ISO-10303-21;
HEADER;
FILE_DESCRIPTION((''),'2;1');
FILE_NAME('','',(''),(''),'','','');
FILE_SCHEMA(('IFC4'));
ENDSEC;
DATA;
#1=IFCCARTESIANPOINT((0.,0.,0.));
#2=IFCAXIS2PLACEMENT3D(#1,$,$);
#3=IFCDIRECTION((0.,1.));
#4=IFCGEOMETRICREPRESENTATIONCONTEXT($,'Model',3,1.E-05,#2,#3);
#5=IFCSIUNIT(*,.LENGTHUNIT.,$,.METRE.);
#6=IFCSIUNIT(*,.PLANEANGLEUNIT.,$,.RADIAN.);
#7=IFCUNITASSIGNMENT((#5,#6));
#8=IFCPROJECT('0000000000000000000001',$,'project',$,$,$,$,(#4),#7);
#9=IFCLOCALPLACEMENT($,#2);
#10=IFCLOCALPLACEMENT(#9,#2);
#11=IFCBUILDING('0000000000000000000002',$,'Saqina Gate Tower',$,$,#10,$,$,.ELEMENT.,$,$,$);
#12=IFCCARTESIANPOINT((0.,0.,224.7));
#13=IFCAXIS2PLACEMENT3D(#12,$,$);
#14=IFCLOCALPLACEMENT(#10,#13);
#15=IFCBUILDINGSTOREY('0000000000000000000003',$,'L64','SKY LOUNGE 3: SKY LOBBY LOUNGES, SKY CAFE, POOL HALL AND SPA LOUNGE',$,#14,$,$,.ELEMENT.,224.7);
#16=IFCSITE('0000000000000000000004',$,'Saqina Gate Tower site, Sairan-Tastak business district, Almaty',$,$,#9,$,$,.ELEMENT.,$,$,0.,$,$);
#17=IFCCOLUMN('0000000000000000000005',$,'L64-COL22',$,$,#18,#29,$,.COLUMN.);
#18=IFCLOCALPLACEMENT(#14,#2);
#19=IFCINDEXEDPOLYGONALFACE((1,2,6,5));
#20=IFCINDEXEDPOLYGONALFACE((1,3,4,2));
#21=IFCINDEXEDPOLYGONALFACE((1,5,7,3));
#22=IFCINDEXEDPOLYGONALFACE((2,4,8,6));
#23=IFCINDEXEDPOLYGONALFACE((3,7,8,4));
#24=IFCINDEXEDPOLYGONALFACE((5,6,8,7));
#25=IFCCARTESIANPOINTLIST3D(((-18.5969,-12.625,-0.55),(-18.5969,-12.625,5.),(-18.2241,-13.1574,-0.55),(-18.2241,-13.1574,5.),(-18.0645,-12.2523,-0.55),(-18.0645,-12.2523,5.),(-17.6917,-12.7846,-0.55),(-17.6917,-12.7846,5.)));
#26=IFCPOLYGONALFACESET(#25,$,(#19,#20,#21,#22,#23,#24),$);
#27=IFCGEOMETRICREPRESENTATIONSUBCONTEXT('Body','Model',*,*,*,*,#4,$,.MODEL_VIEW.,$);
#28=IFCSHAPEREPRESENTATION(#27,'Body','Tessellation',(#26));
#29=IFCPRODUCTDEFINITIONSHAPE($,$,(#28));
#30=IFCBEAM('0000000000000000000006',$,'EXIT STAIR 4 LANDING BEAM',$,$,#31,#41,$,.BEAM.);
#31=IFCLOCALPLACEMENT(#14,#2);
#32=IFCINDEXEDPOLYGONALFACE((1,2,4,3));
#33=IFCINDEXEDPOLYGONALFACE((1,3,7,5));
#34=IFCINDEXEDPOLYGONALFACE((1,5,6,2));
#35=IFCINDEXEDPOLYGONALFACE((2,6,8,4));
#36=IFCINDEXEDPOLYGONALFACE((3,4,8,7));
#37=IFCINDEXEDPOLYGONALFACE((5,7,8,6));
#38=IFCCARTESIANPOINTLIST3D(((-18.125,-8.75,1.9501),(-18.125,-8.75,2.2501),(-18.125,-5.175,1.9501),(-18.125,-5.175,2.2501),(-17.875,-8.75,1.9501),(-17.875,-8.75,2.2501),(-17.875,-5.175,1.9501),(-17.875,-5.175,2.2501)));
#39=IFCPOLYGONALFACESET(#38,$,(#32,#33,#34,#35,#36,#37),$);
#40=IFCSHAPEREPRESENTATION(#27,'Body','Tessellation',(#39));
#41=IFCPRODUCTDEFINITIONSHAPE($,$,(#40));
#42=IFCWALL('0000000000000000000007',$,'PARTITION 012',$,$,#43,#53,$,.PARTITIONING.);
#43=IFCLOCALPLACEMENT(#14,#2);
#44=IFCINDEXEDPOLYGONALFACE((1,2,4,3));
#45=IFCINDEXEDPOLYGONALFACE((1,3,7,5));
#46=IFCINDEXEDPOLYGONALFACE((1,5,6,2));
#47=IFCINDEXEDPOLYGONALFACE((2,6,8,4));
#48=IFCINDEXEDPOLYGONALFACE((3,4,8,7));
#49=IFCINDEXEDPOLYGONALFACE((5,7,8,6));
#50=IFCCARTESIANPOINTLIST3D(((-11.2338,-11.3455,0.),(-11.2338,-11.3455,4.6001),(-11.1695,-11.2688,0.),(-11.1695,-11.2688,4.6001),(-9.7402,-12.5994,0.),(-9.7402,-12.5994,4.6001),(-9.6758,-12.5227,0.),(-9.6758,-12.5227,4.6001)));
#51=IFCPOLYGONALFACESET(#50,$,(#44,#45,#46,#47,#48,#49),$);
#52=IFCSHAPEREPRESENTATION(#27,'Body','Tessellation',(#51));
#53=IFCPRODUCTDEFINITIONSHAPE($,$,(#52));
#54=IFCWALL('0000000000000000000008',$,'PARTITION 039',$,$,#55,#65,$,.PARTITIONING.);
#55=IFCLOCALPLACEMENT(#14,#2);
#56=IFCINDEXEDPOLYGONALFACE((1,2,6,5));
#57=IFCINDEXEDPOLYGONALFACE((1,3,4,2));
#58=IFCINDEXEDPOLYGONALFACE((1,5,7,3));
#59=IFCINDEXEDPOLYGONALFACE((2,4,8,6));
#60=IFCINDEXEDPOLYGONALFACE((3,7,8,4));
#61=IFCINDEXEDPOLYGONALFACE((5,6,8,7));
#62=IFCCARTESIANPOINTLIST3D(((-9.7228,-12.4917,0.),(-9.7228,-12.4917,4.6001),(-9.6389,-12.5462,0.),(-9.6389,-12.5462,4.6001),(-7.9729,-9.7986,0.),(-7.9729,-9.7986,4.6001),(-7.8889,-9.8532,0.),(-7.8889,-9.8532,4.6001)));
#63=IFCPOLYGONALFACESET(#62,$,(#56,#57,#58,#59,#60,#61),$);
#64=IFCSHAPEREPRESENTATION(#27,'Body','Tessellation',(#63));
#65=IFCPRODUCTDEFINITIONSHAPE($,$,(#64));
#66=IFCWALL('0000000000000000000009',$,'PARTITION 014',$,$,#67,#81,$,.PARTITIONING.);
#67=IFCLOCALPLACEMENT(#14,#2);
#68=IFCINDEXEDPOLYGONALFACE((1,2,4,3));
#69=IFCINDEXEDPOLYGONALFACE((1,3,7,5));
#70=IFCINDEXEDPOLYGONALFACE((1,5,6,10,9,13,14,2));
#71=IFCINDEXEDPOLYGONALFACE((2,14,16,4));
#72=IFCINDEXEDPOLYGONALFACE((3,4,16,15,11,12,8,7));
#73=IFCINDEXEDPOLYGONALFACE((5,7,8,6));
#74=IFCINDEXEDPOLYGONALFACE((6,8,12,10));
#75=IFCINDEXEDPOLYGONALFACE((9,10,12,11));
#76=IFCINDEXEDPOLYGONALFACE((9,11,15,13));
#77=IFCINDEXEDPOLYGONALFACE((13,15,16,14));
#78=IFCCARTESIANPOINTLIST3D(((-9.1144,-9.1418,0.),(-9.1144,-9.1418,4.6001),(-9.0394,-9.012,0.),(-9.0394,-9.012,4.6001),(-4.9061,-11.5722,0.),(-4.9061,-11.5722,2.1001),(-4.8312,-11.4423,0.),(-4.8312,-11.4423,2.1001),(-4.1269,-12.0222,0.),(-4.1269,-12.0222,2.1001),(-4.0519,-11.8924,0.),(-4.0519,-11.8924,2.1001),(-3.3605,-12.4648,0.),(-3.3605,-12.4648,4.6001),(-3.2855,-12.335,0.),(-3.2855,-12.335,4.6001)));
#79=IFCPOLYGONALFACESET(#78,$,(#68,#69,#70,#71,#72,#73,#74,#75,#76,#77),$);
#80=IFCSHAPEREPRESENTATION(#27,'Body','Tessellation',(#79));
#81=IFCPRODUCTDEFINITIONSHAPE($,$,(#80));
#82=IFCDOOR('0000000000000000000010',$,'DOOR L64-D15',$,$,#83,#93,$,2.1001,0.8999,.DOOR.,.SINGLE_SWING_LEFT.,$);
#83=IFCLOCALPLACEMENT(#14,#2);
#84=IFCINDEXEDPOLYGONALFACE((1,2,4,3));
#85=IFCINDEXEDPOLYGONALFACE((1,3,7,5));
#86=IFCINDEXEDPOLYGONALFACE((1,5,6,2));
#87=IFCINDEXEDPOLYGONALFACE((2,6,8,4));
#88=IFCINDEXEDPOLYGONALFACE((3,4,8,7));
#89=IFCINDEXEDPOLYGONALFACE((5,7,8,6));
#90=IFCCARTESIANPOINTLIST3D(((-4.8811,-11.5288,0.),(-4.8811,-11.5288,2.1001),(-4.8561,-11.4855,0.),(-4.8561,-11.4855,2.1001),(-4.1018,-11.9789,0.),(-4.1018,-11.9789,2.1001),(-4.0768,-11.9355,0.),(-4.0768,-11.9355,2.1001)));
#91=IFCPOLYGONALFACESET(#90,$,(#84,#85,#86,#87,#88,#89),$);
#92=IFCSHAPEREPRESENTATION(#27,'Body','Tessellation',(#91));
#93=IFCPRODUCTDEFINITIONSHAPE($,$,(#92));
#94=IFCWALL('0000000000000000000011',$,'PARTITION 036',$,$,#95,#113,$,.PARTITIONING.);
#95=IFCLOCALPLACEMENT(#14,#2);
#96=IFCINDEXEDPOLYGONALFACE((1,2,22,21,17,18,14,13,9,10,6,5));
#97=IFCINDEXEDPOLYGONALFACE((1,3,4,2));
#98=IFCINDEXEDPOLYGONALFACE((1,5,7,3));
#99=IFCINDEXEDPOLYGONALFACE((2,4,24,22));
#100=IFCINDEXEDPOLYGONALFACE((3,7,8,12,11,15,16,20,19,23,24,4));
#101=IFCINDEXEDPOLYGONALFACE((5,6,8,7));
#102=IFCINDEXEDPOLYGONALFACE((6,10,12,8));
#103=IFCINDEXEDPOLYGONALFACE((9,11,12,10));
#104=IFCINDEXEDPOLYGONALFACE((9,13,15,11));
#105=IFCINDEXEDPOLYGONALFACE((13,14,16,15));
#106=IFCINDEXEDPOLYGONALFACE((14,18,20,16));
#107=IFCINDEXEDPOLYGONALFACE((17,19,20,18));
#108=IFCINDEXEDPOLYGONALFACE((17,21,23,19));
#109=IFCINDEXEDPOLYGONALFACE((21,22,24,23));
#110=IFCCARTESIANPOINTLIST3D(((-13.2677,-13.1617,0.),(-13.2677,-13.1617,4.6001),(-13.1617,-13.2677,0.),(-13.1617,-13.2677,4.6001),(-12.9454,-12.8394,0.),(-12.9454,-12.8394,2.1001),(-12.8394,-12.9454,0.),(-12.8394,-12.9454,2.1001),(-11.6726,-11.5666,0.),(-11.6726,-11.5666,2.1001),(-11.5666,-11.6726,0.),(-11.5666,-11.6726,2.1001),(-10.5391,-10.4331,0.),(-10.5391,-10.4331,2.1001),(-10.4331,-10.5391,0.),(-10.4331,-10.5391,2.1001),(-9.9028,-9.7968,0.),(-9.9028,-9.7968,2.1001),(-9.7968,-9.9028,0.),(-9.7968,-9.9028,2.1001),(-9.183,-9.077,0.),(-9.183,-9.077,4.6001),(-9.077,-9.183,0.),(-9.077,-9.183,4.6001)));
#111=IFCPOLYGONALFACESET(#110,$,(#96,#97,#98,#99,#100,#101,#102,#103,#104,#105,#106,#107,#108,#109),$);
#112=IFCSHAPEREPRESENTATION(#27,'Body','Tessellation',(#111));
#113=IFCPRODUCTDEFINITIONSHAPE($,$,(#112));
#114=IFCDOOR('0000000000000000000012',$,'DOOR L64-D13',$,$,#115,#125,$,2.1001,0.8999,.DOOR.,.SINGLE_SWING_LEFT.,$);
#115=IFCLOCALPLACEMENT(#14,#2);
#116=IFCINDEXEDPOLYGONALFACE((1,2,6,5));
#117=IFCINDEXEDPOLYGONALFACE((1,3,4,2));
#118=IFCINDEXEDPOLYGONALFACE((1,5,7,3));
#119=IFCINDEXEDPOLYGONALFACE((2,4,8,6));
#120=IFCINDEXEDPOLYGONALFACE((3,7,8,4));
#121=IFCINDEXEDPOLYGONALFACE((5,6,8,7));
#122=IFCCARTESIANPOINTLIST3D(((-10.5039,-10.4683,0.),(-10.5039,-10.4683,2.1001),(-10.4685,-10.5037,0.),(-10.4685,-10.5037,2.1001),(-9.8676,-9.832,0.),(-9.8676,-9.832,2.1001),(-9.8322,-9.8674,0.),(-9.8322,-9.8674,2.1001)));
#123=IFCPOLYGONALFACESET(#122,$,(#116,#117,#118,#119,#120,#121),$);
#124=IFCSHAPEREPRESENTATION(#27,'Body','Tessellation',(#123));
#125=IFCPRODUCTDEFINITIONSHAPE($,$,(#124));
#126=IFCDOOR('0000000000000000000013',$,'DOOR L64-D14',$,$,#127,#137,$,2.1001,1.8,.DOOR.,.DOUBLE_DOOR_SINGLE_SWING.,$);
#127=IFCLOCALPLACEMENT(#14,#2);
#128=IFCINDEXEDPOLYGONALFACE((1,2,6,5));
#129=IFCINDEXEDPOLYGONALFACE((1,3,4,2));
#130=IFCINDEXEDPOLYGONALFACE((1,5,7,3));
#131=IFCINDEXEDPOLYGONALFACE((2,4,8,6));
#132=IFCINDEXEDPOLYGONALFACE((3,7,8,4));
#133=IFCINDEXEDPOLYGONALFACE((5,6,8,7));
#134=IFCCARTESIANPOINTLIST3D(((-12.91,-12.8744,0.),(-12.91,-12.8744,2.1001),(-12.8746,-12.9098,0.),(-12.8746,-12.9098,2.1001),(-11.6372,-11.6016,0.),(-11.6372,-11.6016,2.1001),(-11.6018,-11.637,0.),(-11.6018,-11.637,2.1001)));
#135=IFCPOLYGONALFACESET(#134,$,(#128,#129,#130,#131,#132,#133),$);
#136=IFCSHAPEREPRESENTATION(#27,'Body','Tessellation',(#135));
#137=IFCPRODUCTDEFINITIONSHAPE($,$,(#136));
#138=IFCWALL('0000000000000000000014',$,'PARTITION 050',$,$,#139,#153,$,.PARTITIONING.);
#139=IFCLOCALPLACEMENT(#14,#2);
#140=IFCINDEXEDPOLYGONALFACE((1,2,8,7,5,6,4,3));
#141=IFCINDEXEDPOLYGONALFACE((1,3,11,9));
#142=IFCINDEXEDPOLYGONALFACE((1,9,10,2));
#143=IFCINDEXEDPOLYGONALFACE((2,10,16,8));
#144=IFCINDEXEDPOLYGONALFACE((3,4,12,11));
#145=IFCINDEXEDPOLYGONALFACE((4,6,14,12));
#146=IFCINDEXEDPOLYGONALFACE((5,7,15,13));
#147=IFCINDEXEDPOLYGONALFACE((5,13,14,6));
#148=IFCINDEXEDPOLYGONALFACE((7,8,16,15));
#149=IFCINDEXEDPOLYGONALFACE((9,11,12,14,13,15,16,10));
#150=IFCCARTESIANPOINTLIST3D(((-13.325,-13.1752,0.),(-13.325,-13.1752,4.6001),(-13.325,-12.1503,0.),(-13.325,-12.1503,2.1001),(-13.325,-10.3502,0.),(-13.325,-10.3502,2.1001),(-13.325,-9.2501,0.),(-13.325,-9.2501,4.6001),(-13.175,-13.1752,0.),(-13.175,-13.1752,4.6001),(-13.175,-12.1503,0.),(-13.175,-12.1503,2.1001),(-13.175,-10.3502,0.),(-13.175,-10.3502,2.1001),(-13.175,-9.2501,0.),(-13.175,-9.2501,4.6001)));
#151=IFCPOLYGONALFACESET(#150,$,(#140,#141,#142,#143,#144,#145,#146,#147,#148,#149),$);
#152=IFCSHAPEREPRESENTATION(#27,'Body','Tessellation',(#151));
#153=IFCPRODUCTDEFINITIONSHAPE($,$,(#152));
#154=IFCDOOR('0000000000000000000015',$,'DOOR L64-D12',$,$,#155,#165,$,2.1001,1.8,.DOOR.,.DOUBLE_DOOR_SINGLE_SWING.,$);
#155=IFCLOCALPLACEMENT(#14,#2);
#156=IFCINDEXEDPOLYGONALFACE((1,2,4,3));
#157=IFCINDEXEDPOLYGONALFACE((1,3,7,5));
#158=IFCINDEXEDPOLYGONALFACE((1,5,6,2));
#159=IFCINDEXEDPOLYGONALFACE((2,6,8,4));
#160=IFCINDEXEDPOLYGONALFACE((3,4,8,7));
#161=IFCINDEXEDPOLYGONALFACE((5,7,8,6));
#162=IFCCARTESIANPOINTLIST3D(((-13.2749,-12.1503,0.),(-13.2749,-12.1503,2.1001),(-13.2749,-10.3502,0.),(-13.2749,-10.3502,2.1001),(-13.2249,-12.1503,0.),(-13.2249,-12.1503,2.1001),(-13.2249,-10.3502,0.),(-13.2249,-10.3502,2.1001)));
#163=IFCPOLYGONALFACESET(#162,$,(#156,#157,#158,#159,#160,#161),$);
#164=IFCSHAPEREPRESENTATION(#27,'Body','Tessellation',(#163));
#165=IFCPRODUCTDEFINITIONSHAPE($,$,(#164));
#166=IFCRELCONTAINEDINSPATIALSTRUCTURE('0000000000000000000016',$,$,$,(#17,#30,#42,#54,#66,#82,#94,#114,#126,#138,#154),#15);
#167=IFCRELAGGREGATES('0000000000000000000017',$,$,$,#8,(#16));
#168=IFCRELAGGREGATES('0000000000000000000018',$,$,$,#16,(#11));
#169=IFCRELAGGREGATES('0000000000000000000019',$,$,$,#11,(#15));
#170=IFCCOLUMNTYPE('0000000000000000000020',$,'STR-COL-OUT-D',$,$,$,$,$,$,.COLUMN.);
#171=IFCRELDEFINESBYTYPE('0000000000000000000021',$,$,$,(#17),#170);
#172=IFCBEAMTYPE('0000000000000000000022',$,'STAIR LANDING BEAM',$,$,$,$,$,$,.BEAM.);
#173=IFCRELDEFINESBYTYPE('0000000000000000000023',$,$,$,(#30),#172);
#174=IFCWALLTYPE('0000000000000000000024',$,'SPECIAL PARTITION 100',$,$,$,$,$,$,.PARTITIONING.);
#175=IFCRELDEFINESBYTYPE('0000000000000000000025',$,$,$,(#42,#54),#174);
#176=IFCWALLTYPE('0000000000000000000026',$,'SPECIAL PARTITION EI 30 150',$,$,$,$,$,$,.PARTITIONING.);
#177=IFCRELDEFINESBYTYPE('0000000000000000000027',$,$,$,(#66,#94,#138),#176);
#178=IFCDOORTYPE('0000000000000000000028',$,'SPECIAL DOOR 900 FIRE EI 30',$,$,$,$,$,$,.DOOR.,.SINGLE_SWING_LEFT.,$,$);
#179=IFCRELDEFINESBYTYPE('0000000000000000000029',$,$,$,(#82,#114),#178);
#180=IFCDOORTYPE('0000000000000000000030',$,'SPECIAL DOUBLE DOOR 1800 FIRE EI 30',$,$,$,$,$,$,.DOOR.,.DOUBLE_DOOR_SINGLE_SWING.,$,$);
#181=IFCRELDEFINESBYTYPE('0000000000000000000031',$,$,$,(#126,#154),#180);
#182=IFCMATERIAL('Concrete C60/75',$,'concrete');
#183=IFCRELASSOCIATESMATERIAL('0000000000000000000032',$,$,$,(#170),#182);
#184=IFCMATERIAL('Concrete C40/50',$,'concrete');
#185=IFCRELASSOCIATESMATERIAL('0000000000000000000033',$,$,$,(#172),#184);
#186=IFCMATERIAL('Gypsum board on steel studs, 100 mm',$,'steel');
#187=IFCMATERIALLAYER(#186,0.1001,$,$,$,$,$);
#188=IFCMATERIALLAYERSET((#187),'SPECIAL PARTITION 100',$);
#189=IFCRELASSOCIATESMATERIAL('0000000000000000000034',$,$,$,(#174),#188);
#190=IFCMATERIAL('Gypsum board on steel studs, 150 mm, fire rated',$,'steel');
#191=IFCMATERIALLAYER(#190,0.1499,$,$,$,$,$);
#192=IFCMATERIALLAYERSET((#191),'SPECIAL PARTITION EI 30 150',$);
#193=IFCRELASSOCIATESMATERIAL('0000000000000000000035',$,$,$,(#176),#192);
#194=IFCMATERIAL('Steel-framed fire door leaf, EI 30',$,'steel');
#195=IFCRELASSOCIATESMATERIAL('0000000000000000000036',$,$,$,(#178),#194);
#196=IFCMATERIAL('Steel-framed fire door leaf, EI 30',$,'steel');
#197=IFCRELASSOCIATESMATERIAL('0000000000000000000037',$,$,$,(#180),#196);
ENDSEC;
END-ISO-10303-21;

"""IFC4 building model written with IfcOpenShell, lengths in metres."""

from ifc_helpers import new_model, si_unit, direction, frame, frame_2d, origin, origin_2d, place, context, subcontext, project, spatial, rectangle, extrude, material, layer, layer_set, material_profile, profile_set, type_object, element, fill, save


model = new_model("IFC4")

# Units and contexts
model_context = context("Model", 3, precision=1e-05, world=origin(), true_north=direction((0.0, 1.0)))
body_context = subcontext(model_context, "Body", "Model", "MODEL_VIEW")
ifc_project = project(units=[si_unit("LENGTHUNIT", "METRE"), si_unit("PLANEANGLEUNIT", "RADIAN")], contexts=[model_context])

# Site, building, storey
site_placement = place(None, origin())
site = spatial("IfcSite", under=ifc_project, at=site_placement, Name="Saqina Gate Tower site, Sairan-Tastak business district, Almaty", CompositionType="ELEMENT", RefElevation=0.0)
building_placement = place(site_placement, origin())
building = spatial("IfcBuilding", under=site, at=building_placement, Name="Saqina Gate Tower", CompositionType="ELEMENT")
storey_placement = place(building_placement, frame((0.0, 0.0, 224.7)))
storey = spatial("IfcBuildingStorey", under=building, at=storey_placement, Name="L64", Description="SKY LOUNGE 3: SKY LOBBY LOUNGES, SKY CAFE, POOL HALL AND SPA LOUNGE", CompositionType="ELEMENT", Elevation=224.7)

# Column
ifc_material_1 = material(Name="Concrete C60/75", Category="concrete")
ifc_material_profile_1 = material_profile(ifc_material_1, rectangle(XDim=0.6499, YDim=0.6499, at=origin_2d()), Name="RC 650x650")
ifc_profile_set_1 = profile_set([ifc_material_profile_1], Name="Concrete C60/75")
column_type = type_object("IfcColumnType", Name="STR-COL-OUT-D", PredefinedType="COLUMN", material=ifc_profile_set_1)
column_placement = place(storey_placement, frame((-18.1443, -12.7048, -0.55), z_axis=(0.0, 0.0, 1.0), x_axis=(-0.819152, -0.573576, 0.0)))
element("IfcColumn", 1, at=column_placement, inside=storey, type_object=column_type, Name="L64-COL22", PredefinedType="COLUMN", context=body_context, shape_type="SweptSolid", body=[
    extrude(rectangle(XDim=0.6499, YDim=0.6499, at=origin_2d()), origin(), (0.0, 0.0, 1.0), 5.55),
])

# Beam
ifc_material_2 = material(Name="Concrete C40/50", Category="concrete")
ifc_material_profile_2 = material_profile(ifc_material_2, rectangle(XDim=0.25, YDim=0.3, at=origin_2d()), Name="STAIR LANDING BEAM")
ifc_profile_set_2 = profile_set([ifc_material_profile_2], Name="Concrete C40/50")
beam_type = type_object("IfcBeamType", Name="STAIR LANDING BEAM", PredefinedType="BEAM", material=ifc_profile_set_2)
beam_placement = place(storey_placement, frame((-18.0, -8.75, 2.1001), z_axis=(0.0, 1.0, 0.0), x_axis=(-1.0, 0.0, 0.0)))
element("IfcBeam", 2, at=beam_placement, inside=storey, type_object=beam_type, Name="EXIT STAIR 4 LANDING BEAM", PredefinedType="BEAM", context=body_context, shape_type="SweptSolid", body=[
    extrude(rectangle(XDim=0.25, YDim=0.3, at=origin_2d()), origin(), (0.0, 0.0, 1.0), 3.575),
])

# Walls
ifc_material_3 = material(Name="Gypsum board on steel studs, 100 mm", Category="steel")
ifc_layer_1 = layer(ifc_material_3, 0.1001)
ifc_layer_set_1 = layer_set([ifc_layer_1], Name="SPECIAL PARTITION 100")
wall_type_1 = type_object("IfcWallType", Name="SPECIAL PARTITION 100", PredefinedType="PARTITIONING", material=ifc_layer_set_1)
wall_1_placement = place(storey_placement, frame((-11.2017, -11.3071, 0.0), z_axis=(0.0, 0.0, 1.0), x_axis=(0.765897, -0.642963, 0.0)))
element("IfcWall", 3, at=wall_1_placement, inside=storey, type_object=wall_type_1, Name="PARTITION 012", PredefinedType="PARTITIONING", context=body_context, shape_type="SweptSolid", body=[
    extrude(rectangle(XDim=1.9502, YDim=0.1001, at=frame_2d((0.9751, 0.0))), origin(), (0.0, 0.0, 1.0), 4.6001),
])
wall_2_placement = place(storey_placement, frame((-9.6809, -12.519, 0.0), z_axis=(0.0, 0.0, 1.0), x_axis=(0.544873, 0.838518, 0.0)))
element("IfcWall", 4, at=wall_2_placement, inside=storey, type_object=wall_type_1, Name="PARTITION 039", PredefinedType="PARTITIONING", context=body_context, shape_type="SweptSolid", body=[
    extrude(rectangle(XDim=3.2117, YDim=0.1001, at=frame_2d((1.606, 0.0))), origin(), (0.0, 0.0, 1.0), 4.6001),
])

# Wall, opening, door
ifc_material_4 = material(Name="Gypsum board on steel studs, 150 mm, fire rated", Category="steel")
ifc_layer_2 = layer(ifc_material_4, 0.1499)
ifc_layer_set_2 = layer_set([ifc_layer_2], Name="SPECIAL PARTITION EI 30 150")
wall_type_2 = type_object("IfcWallType", Name="SPECIAL PARTITION EI 30 150", PredefinedType="PARTITIONING", material=ifc_layer_set_2)
wall_3_placement = place(storey_placement, frame((-9.0769, -9.0769, 0.0), z_axis=(0.0, 0.0, 1.0), x_axis=(0.865962, -0.50011, 0.0)))
wall_3 = element("IfcWall", 5, at=wall_3_placement, inside=storey, type_object=wall_type_2, Name="PARTITION 014", PredefinedType="PARTITIONING", context=body_context, shape_type="SweptSolid", body=[
    extrude(rectangle(XDim=6.6445, YDim=0.1499, at=frame_2d((3.3223, 0.0))), origin(), (0.0, 0.0, 1.0), 4.6001),
])
opening_1_placement = place(wall_3_placement, frame((4.8596, 0.0, 0.0)))
opening_1 = element("IfcOpeningElement", 6, at=opening_1_placement, cuts=wall_3, PredefinedType="OPENING", context=body_context, shape_type="SweptSolid", body=[
    extrude(rectangle(XDim=0.8999, YDim=2.1001, at=frame_2d((0.45, 1.05))), frame((0.0, 0.0869, 0.0), z_axis=(0.0, -1.0, 0.0), x_axis=(1.0, 0.0, 0.0)), (0.0, 0.0, 1.0), 0.1738),
])
ifc_material_5 = material(Name="Steel-framed fire door leaf, EI 30", Category="steel")
door_type_1 = type_object("IfcDoorType", Name="SPECIAL DOOR 900 FIRE EI 30", OperationType="SINGLE_SWING_LEFT", PredefinedType="DOOR", material=ifc_material_5)
door_1_placement = place(opening_1_placement, frame((0.8999, 0.0, 0.0), z_axis=(0.0, 0.0, 1.0), x_axis=(-1.0, 0.0, 0.0)))
door_1 = element("IfcDoor", 7, at=door_1_placement, inside=storey, type_object=door_type_1, Name="DOOR L64-D15", OperationType="SINGLE_SWING_LEFT", OverallHeight=2.1001, OverallWidth=0.8999, PredefinedType="DOOR", context=body_context, shape_type="SweptSolid", body=[
    extrude(rectangle(XDim=0.8999, YDim=2.1001, at=frame_2d((0.45, 1.05))), frame((0.0, 0.0249, 0.0), z_axis=(0.0, -1.0, 0.0), x_axis=(1.0, 0.0, 0.0)), (0.0, 0.0, 1.0), 0.05),
])
fill(opening_1, door_1)

# Wall, openings, doors
wall_4_placement = place(storey_placement, frame((-13.2146, -13.2146, 0.0), z_axis=(0.0, 0.0, 1.0), x_axis=(0.707107, 0.707107, 0.0)))
wall_4 = element("IfcWall", 8, at=wall_4_placement, inside=storey, type_object=wall_type_2, Name="PARTITION 036", PredefinedType="PARTITIONING", context=body_context, shape_type="SweptSolid", body=[
    extrude(rectangle(XDim=5.7766, YDim=0.1499, at=frame_2d((2.8882, 0.0))), origin(), (0.0, 0.0, 1.0), 4.6001),
])
opening_2_placement = place(wall_4_placement, frame((3.8586, 0.0, 0.0)))
opening_2 = element("IfcOpeningElement", 9, at=opening_2_placement, cuts=wall_4, PredefinedType="OPENING", context=body_context, shape_type="SweptSolid", body=[
    extrude(rectangle(XDim=0.8999, YDim=2.1001, at=frame_2d((0.45, 1.05))), frame((0.0, 0.0869, 0.0), z_axis=(0.0, -1.0, 0.0), x_axis=(1.0, 0.0, 0.0)), (0.0, 0.0, 1.0), 0.1738),
])
opening_3_placement = place(wall_4_placement, frame((0.4558, 0.0, 0.0)))
opening_3 = element("IfcOpeningElement", 10, at=opening_3_placement, cuts=wall_4, PredefinedType="OPENING", context=body_context, shape_type="SweptSolid", body=[
    extrude(rectangle(XDim=1.8, YDim=2.1001, at=frame_2d((0.8999, 1.05))), frame((0.0, 0.0869, 0.0), z_axis=(0.0, -1.0, 0.0), x_axis=(1.0, 0.0, 0.0)), (0.0, 0.0, 1.0), 0.1738),
])
door_2_placement = place(opening_2_placement, frame((0.8999, 0.0, 0.0), z_axis=(0.0, 0.0, 1.0), x_axis=(-1.0, 0.0, 0.0)))
door_2 = element("IfcDoor", 11, at=door_2_placement, inside=storey, type_object=door_type_1, Name="DOOR L64-D13", OperationType="SINGLE_SWING_LEFT", OverallHeight=2.1001, OverallWidth=0.8999, PredefinedType="DOOR", context=body_context, shape_type="SweptSolid", body=[
    extrude(rectangle(XDim=0.8999, YDim=2.1001, at=frame_2d((0.45, 1.05))), frame((0.0, 0.0249, 0.0), z_axis=(0.0, -1.0, 0.0), x_axis=(1.0, 0.0, 0.0)), (0.0, 0.0, 1.0), 0.05),
])
fill(opening_2, door_2)
ifc_material_6 = material(Name="Steel-framed fire door leaf, EI 30", Category="steel")
door_type_2 = type_object("IfcDoorType", Name="SPECIAL DOUBLE DOOR 1800 FIRE EI 30", OperationType="DOUBLE_DOOR_SINGLE_SWING", PredefinedType="DOOR", material=ifc_material_6)
door_3_placement = place(opening_3_placement, frame((1.8, 0.0, 0.0), z_axis=(0.0, 0.0, 1.0), x_axis=(-1.0, 0.0, 0.0)))
door_3 = element("IfcDoor", 12, at=door_3_placement, inside=storey, type_object=door_type_2, Name="DOOR L64-D14", OperationType="DOUBLE_DOOR_SINGLE_SWING", OverallHeight=2.1001, OverallWidth=1.8, PredefinedType="DOOR", context=body_context, shape_type="SweptSolid", body=[
    extrude(rectangle(XDim=1.8, YDim=2.1001, at=frame_2d((0.8999, 1.05))), frame((0.0, 0.0249, 0.0), z_axis=(0.0, -1.0, 0.0), x_axis=(1.0, 0.0, 0.0)), (0.0, 0.0, 1.0), 0.05),
])
fill(opening_3, door_3)

# Wall, opening, door
wall_5_placement = place(storey_placement, frame((-13.25, -13.175, 0.0), z_axis=(0.0, 0.0, 1.0), x_axis=(0.0, 1.0, 0.0)))
wall_5 = element("IfcWall", 13, at=wall_5_placement, inside=storey, type_object=wall_type_2, Name="PARTITION 050", PredefinedType="PARTITIONING", context=body_context, shape_type="SweptSolid", body=[
    extrude(rectangle(XDim=3.925, YDim=0.1499, at=frame_2d((1.9624, 0.0))), origin(), (0.0, 0.0, 1.0), 4.6001),
])
opening_4_placement = place(wall_5_placement, frame((1.0249, 0.0, 0.0)))
opening_4 = element("IfcOpeningElement", 14, at=opening_4_placement, cuts=wall_5, PredefinedType="OPENING", context=body_context, shape_type="SweptSolid", body=[
    extrude(rectangle(XDim=1.8, YDim=2.1001, at=frame_2d((0.8999, 1.05))), frame((0.0, 0.0869, 0.0), z_axis=(0.0, -1.0, 0.0), x_axis=(1.0, 0.0, 0.0)), (0.0, 0.0, 1.0), 0.1738),
])
door_4_placement = place(opening_4_placement, origin())
door_4 = element("IfcDoor", 15, at=door_4_placement, inside=storey, type_object=door_type_2, Name="DOOR L64-D12", OperationType="DOUBLE_DOOR_SINGLE_SWING", OverallHeight=2.1001, OverallWidth=1.8, PredefinedType="DOOR", context=body_context, shape_type="SweptSolid", body=[
    extrude(rectangle(XDim=1.8, YDim=2.1001, at=frame_2d((0.8999, 1.05))), frame((0.0, 0.0249, 0.0), z_axis=(0.0, -1.0, 0.0), x_axis=(1.0, 0.0, 0.0)), (0.0, 0.0, 1.0), 0.05),
])
fill(opening_4, door_4)

save(model, "model.ifc")
